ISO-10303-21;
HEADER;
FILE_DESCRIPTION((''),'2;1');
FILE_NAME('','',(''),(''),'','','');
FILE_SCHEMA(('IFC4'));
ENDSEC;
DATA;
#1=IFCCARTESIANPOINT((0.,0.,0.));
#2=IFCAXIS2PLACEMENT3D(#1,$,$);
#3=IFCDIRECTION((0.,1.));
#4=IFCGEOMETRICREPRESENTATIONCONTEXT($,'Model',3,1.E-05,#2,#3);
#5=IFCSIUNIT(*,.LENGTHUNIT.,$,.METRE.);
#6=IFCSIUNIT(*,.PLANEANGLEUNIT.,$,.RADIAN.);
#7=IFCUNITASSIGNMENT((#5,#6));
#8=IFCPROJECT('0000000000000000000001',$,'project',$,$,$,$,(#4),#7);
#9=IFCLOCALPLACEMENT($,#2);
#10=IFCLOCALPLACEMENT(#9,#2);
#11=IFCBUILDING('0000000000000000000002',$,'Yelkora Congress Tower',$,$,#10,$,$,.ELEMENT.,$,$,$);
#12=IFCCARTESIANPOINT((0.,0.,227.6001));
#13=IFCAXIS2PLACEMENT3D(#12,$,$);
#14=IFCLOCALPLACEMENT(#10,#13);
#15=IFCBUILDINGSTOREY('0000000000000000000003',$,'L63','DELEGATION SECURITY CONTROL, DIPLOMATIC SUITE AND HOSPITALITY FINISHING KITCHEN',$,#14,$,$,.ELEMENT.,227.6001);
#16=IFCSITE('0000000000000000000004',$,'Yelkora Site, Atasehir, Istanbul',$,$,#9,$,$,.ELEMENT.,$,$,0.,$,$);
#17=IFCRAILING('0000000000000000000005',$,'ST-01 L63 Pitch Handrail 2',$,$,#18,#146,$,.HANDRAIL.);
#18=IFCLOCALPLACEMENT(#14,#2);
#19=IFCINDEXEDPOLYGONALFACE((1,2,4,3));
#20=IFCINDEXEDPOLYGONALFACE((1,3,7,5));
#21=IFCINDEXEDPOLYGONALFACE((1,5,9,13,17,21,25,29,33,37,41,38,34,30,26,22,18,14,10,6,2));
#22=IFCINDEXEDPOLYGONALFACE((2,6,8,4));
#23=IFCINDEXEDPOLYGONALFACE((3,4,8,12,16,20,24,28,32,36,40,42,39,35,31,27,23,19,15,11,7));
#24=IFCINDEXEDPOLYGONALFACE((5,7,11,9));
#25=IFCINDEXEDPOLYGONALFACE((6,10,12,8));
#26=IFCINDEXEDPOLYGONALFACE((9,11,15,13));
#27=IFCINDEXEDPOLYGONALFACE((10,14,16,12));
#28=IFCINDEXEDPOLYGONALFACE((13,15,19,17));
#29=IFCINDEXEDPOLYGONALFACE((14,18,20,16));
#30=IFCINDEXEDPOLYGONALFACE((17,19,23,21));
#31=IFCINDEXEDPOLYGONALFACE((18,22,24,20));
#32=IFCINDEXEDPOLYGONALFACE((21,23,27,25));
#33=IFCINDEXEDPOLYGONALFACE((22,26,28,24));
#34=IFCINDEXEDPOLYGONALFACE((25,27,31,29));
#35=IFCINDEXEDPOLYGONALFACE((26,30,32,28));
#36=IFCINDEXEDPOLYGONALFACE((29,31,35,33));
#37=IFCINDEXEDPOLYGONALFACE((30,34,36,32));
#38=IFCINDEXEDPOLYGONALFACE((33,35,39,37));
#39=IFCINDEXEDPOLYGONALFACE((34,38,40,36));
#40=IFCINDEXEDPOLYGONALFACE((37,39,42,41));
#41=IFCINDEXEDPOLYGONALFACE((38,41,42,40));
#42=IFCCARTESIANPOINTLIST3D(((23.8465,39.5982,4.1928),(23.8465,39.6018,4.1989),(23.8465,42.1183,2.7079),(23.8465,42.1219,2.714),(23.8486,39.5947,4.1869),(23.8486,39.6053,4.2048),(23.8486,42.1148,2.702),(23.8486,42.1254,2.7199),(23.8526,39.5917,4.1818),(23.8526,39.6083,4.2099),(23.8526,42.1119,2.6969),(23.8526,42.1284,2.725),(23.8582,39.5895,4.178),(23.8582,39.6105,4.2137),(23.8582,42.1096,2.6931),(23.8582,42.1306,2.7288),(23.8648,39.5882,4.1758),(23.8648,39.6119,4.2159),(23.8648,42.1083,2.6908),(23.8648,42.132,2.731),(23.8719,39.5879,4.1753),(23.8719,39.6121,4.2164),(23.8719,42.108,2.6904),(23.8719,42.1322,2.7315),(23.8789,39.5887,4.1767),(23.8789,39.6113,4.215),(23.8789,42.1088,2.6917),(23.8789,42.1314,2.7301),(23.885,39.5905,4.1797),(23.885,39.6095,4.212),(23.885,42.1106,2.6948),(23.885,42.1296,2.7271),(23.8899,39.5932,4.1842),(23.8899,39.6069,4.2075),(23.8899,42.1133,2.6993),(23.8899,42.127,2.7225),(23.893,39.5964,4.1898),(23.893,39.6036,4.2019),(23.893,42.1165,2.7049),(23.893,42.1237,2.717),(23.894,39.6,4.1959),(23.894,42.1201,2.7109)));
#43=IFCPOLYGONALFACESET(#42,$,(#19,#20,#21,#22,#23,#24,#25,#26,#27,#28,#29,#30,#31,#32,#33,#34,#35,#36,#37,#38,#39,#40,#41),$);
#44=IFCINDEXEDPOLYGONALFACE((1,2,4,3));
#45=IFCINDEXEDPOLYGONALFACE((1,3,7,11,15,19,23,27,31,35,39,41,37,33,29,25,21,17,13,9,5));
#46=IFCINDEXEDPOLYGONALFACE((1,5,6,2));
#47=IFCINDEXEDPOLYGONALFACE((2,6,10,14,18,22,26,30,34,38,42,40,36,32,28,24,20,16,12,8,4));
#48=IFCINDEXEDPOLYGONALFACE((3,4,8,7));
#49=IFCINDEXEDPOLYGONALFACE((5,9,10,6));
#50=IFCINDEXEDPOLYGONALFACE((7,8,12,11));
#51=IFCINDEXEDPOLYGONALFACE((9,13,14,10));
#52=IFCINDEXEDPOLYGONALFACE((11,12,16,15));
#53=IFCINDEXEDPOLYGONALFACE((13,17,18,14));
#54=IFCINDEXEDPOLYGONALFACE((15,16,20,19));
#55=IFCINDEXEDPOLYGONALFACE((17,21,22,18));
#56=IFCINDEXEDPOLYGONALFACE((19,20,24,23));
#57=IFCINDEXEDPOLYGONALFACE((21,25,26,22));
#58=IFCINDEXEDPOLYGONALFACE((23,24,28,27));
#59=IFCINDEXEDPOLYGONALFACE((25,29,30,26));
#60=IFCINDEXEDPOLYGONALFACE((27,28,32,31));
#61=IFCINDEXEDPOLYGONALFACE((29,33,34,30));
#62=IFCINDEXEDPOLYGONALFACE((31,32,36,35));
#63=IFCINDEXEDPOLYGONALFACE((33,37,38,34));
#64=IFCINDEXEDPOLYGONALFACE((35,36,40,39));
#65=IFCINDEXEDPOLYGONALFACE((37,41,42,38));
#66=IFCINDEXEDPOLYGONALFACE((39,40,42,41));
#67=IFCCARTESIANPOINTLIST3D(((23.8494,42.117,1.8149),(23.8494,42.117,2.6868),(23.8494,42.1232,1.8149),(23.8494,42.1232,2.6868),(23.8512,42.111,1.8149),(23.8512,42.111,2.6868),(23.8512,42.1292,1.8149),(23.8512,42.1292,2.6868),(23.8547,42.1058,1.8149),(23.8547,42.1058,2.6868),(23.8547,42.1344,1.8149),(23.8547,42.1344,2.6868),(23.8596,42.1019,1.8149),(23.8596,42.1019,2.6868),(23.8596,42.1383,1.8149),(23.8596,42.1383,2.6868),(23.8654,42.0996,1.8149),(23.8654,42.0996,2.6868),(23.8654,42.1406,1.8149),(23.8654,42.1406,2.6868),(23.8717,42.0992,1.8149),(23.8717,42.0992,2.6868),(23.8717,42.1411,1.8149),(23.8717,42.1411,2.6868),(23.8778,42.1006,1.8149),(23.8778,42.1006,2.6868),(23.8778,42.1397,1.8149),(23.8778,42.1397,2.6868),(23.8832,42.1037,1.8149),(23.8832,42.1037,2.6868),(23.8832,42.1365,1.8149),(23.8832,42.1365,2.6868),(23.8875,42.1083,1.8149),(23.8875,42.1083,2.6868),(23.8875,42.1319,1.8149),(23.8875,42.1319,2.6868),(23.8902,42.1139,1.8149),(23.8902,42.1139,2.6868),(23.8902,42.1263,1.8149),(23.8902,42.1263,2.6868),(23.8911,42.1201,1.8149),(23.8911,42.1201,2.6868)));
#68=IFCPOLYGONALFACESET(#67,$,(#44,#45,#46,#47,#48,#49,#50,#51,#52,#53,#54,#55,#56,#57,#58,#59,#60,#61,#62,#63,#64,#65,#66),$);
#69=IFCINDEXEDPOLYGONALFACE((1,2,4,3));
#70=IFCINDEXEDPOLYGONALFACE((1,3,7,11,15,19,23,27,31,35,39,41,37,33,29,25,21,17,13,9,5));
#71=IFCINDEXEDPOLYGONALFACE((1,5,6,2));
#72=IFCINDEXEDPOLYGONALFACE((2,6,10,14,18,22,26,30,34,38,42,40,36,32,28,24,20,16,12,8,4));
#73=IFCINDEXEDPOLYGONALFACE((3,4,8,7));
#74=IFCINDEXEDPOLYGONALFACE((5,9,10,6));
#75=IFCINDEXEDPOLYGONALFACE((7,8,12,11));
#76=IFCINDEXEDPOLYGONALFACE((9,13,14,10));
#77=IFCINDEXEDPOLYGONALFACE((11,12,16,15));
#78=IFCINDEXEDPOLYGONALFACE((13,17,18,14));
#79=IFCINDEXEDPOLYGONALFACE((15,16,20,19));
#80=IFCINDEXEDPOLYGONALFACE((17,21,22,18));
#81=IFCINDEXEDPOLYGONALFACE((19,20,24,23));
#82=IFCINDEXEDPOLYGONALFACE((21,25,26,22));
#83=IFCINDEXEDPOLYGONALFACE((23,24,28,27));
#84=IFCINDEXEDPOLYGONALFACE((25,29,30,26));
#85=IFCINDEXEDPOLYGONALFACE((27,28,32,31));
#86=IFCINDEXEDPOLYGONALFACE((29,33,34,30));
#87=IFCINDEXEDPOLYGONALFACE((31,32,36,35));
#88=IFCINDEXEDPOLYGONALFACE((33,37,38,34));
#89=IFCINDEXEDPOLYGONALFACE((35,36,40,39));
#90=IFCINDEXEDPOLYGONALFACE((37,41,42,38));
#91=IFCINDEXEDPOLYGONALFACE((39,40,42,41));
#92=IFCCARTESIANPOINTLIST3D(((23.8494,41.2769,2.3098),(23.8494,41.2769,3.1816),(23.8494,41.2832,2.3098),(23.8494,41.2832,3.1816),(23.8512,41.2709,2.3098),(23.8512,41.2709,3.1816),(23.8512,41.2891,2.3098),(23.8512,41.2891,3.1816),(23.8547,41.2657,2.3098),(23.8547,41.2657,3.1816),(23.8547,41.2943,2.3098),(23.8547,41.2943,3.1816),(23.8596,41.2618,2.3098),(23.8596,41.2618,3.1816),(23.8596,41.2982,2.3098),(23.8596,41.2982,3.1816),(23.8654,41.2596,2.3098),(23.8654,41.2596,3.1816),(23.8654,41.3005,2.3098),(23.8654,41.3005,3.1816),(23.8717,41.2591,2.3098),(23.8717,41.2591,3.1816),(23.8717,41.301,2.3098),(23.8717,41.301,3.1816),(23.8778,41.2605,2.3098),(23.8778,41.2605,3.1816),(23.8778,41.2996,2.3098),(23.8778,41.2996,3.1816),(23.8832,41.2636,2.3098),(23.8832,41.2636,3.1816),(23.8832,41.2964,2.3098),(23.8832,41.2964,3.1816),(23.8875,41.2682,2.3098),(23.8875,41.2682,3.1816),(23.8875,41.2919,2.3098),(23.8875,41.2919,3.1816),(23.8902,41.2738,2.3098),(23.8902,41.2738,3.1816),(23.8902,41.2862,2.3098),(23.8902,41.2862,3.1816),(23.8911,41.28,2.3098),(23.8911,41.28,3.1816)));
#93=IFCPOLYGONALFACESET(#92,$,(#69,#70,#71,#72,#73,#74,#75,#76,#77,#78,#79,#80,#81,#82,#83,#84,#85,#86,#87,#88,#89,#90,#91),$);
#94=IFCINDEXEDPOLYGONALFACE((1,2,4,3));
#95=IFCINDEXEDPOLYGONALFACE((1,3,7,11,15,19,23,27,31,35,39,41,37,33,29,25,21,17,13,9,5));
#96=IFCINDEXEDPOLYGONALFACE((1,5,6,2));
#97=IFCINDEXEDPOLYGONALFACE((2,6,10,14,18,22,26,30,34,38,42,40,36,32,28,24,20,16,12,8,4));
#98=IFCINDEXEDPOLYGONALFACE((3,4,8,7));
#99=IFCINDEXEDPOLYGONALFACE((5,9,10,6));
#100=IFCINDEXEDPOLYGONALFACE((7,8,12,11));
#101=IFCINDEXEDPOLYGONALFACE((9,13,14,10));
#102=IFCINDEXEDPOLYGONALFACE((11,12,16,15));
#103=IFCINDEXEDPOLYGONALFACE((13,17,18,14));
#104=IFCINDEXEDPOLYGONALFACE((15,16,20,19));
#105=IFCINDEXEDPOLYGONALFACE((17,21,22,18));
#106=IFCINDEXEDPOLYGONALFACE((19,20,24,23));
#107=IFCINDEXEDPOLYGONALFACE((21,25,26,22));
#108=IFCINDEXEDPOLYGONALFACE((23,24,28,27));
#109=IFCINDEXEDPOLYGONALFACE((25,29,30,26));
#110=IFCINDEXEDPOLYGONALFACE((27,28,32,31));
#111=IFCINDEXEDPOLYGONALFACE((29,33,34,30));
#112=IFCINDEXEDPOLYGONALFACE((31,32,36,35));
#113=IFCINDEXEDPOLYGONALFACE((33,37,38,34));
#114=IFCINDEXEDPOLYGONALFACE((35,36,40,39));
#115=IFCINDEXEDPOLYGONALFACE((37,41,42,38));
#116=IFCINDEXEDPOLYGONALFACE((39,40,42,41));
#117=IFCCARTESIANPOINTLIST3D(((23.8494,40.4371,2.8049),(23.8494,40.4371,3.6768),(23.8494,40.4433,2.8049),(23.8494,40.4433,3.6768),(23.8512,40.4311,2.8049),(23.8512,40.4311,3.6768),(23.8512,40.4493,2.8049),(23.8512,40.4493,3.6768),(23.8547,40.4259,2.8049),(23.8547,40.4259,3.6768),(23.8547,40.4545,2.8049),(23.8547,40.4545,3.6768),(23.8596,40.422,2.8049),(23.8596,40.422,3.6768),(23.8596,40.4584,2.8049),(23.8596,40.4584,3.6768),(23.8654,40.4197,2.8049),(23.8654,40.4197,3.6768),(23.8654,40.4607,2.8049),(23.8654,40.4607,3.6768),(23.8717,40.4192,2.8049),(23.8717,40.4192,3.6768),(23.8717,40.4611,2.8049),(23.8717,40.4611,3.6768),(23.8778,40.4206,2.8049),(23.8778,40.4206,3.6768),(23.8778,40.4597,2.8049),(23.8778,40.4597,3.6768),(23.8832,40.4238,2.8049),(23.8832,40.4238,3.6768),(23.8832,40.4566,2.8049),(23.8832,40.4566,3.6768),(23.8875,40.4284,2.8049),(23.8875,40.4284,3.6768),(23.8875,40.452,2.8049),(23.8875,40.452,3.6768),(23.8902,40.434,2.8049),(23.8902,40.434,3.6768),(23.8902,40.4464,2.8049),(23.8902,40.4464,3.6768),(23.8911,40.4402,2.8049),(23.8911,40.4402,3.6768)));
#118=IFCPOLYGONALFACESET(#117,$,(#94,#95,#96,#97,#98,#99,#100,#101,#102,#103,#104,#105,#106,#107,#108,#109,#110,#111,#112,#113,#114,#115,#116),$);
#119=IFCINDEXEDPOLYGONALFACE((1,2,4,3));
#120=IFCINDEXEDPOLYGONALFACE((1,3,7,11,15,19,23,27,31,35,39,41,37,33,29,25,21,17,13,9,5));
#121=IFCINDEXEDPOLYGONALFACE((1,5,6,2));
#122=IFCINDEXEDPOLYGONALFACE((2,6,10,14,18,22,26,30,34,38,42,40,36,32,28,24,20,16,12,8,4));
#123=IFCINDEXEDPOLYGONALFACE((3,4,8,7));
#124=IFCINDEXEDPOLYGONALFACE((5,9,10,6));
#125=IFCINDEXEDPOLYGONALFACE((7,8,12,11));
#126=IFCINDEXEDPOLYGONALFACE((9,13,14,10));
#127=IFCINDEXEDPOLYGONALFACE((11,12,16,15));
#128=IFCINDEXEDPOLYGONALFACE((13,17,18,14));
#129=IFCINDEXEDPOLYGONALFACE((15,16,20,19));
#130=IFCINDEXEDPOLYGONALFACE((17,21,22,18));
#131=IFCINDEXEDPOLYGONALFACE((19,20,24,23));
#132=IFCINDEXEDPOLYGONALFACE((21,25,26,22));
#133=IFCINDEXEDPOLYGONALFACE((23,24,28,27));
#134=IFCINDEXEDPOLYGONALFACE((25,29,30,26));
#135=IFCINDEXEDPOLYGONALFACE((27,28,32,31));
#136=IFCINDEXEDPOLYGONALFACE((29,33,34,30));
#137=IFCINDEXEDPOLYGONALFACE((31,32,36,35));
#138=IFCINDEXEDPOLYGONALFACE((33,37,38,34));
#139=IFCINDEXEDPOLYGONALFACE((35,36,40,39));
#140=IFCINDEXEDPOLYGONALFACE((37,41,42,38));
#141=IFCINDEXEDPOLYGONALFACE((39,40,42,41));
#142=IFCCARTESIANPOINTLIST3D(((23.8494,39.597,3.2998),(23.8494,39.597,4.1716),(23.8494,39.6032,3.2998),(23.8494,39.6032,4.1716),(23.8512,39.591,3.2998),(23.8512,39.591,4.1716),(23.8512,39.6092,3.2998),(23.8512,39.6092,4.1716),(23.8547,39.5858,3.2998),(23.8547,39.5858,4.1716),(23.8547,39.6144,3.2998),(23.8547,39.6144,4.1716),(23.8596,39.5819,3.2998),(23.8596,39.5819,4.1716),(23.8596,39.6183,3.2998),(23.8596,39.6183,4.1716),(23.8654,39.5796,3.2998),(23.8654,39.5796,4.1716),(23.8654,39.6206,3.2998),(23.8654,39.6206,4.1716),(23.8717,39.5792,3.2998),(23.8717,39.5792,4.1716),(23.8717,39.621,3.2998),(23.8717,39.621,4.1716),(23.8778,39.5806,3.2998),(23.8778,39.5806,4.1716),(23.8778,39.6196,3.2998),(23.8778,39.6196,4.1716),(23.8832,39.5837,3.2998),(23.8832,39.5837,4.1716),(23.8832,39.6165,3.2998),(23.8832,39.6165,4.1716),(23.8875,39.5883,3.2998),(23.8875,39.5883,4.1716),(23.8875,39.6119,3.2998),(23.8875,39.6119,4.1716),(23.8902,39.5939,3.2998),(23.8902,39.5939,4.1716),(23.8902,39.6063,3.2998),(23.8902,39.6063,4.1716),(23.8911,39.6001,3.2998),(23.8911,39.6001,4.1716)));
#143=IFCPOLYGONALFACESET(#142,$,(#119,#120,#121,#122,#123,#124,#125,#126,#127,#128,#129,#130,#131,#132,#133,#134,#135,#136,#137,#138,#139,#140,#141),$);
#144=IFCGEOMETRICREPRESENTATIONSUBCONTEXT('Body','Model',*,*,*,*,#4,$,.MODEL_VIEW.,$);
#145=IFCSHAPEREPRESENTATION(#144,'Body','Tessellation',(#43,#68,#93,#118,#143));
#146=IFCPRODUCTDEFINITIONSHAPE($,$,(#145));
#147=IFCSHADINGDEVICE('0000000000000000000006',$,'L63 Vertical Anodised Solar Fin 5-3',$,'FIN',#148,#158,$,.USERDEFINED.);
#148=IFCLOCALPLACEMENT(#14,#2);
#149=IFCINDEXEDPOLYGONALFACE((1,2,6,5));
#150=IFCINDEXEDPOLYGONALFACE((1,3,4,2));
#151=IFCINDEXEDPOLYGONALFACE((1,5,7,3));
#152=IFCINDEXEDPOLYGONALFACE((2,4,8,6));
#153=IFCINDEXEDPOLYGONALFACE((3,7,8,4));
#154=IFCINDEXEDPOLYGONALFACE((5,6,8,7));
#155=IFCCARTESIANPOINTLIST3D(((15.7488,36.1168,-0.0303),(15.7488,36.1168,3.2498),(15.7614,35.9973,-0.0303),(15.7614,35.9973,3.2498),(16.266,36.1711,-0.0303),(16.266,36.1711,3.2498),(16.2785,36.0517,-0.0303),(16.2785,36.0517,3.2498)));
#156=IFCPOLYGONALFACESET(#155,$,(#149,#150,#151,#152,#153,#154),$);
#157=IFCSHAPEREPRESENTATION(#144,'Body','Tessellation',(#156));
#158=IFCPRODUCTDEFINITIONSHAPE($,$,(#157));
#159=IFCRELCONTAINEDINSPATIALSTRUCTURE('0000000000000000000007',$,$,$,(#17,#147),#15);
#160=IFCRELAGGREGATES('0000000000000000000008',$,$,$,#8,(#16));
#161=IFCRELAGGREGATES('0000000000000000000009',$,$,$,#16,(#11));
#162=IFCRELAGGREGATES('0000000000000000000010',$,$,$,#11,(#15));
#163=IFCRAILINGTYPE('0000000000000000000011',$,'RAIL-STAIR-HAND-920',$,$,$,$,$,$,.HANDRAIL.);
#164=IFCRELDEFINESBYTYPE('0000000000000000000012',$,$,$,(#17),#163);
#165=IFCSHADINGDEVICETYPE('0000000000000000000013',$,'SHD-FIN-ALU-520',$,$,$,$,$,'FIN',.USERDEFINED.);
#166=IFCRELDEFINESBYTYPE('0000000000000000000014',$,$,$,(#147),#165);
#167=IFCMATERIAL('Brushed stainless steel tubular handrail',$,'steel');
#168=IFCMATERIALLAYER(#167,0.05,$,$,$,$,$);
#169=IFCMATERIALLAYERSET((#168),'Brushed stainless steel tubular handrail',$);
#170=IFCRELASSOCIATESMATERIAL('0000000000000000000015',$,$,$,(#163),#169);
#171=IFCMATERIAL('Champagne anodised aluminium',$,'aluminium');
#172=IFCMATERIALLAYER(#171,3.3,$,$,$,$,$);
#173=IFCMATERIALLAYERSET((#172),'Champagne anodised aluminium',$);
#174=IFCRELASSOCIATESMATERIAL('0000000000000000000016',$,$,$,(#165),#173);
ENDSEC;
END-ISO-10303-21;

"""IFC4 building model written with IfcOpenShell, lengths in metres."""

from ifc_helpers import new_model, si_unit, direction, frame, origin, origin_2d, place, context, subcontext, project, spatial, rectangle, circle, extrude, material, layer, layer_set, type_object, element, save


model = new_model("IFC4")

# Units and contexts
model_context = context("Model", 3, precision=1e-05, world=origin(), true_north=direction((0.0, 1.0)))
body_context = subcontext(model_context, "Body", "Model", "MODEL_VIEW")
ifc_project = project(units=[si_unit("LENGTHUNIT", "METRE"), si_unit("PLANEANGLEUNIT", "RADIAN")], contexts=[model_context])

# Site, building, storey
site_placement = place(None, origin())
site = spatial("IfcSite", under=ifc_project, at=site_placement, Name="Yelkora Site, Atasehir, Istanbul", CompositionType="ELEMENT", RefElevation=0.0)
building_placement = place(site_placement, origin())
building = spatial("IfcBuilding", under=site, at=building_placement, Name="Yelkora Congress Tower", CompositionType="ELEMENT")
storey_placement = place(building_placement, frame((0.0, 0.0, 227.6001)))
storey = spatial("IfcBuildingStorey", under=building, at=storey_placement, Name="L63", Description="DELEGATION SECURITY CONTROL, DIPLOMATIC SUITE AND HOSPITALITY FINISHING KITCHEN", CompositionType="ELEMENT", Elevation=227.6001)

# Railing
ifc_material_1 = material(Name="Brushed stainless steel tubular handrail", Category="steel")
ifc_layer_1 = layer(ifc_material_1, 0.05)
ifc_layer_set_1 = layer_set([ifc_layer_1], Name="Brushed stainless steel tubular handrail")
railing_type_1 = type_object("IfcRailingType", Name="RAIL-STAIR-HAND-920", PredefinedType="HANDRAIL", material=ifc_layer_set_1)
railing_1_placement = place(storey_placement, frame((23.8701, 42.1201, 1.8149)))
element("IfcRailing", 1, at=railing_1_placement, inside=storey, type_object=railing_type_1, Name="ST-01 L63 Pitch Handrail 2", PredefinedType="HANDRAIL", context=body_context, shape_type="SweptSolid", body=[
    extrude(circle(Radius=0.0239, at=origin_2d()), frame((0.0, 0.0, 0.896), z_axis=(0.0, -0.861561, 0.507655), x_axis=(1.0, 0.0, 0.0)), (0.0, 0.0, 1.0), 2.925),
    extrude(circle(Radius=0.021, at=origin_2d()), origin(), (0.0, 0.0, 1.0), 0.8718),
    extrude(circle(Radius=0.021, at=origin_2d()), frame((0.0, -0.8401, 0.4949)), (0.0, 0.0, 1.0), 0.8718),
    extrude(circle(Radius=0.021, at=origin_2d()), frame((0.0, -1.6799, 0.99)), (0.0, 0.0, 1.0), 0.8718),
    extrude(circle(Radius=0.021, at=origin_2d()), frame((0.0, -2.52, 1.4849)), (0.0, 0.0, 1.0), 0.8718),
])

# Shading device
ifc_material_2 = material(Name="Champagne anodised aluminium", Category="aluminium")
ifc_layer_2 = layer(ifc_material_2, 3.3)
ifc_layer_set_2 = layer_set([ifc_layer_2], Name="Champagne anodised aluminium")
shading_device_type = type_object("IfcShadingDeviceType", Name="SHD-FIN-ALU-520", ElementType="FIN", PredefinedType="USERDEFINED", material=ifc_layer_set_2)
shading_device_placement = place(storey_placement, frame((16.0137, 36.0842, -0.0303), z_axis=(0.0, 0.0, 1.0), x_axis=(-0.104528, 0.994522, 0.0)))
element("IfcShadingDevice", 2, at=shading_device_placement, inside=storey, type_object=shading_device_type, Name="L63 Vertical Anodised Solar Fin 5-3", ObjectType="FIN", PredefinedType="USERDEFINED", context=body_context, shape_type="SweptSolid", body=[
    extrude(rectangle(XDim=0.1201, YDim=0.52, at=origin_2d()), origin(), (0.0, 0.0, 1.0), 3.28),
])

save(model, "model.ifc")
